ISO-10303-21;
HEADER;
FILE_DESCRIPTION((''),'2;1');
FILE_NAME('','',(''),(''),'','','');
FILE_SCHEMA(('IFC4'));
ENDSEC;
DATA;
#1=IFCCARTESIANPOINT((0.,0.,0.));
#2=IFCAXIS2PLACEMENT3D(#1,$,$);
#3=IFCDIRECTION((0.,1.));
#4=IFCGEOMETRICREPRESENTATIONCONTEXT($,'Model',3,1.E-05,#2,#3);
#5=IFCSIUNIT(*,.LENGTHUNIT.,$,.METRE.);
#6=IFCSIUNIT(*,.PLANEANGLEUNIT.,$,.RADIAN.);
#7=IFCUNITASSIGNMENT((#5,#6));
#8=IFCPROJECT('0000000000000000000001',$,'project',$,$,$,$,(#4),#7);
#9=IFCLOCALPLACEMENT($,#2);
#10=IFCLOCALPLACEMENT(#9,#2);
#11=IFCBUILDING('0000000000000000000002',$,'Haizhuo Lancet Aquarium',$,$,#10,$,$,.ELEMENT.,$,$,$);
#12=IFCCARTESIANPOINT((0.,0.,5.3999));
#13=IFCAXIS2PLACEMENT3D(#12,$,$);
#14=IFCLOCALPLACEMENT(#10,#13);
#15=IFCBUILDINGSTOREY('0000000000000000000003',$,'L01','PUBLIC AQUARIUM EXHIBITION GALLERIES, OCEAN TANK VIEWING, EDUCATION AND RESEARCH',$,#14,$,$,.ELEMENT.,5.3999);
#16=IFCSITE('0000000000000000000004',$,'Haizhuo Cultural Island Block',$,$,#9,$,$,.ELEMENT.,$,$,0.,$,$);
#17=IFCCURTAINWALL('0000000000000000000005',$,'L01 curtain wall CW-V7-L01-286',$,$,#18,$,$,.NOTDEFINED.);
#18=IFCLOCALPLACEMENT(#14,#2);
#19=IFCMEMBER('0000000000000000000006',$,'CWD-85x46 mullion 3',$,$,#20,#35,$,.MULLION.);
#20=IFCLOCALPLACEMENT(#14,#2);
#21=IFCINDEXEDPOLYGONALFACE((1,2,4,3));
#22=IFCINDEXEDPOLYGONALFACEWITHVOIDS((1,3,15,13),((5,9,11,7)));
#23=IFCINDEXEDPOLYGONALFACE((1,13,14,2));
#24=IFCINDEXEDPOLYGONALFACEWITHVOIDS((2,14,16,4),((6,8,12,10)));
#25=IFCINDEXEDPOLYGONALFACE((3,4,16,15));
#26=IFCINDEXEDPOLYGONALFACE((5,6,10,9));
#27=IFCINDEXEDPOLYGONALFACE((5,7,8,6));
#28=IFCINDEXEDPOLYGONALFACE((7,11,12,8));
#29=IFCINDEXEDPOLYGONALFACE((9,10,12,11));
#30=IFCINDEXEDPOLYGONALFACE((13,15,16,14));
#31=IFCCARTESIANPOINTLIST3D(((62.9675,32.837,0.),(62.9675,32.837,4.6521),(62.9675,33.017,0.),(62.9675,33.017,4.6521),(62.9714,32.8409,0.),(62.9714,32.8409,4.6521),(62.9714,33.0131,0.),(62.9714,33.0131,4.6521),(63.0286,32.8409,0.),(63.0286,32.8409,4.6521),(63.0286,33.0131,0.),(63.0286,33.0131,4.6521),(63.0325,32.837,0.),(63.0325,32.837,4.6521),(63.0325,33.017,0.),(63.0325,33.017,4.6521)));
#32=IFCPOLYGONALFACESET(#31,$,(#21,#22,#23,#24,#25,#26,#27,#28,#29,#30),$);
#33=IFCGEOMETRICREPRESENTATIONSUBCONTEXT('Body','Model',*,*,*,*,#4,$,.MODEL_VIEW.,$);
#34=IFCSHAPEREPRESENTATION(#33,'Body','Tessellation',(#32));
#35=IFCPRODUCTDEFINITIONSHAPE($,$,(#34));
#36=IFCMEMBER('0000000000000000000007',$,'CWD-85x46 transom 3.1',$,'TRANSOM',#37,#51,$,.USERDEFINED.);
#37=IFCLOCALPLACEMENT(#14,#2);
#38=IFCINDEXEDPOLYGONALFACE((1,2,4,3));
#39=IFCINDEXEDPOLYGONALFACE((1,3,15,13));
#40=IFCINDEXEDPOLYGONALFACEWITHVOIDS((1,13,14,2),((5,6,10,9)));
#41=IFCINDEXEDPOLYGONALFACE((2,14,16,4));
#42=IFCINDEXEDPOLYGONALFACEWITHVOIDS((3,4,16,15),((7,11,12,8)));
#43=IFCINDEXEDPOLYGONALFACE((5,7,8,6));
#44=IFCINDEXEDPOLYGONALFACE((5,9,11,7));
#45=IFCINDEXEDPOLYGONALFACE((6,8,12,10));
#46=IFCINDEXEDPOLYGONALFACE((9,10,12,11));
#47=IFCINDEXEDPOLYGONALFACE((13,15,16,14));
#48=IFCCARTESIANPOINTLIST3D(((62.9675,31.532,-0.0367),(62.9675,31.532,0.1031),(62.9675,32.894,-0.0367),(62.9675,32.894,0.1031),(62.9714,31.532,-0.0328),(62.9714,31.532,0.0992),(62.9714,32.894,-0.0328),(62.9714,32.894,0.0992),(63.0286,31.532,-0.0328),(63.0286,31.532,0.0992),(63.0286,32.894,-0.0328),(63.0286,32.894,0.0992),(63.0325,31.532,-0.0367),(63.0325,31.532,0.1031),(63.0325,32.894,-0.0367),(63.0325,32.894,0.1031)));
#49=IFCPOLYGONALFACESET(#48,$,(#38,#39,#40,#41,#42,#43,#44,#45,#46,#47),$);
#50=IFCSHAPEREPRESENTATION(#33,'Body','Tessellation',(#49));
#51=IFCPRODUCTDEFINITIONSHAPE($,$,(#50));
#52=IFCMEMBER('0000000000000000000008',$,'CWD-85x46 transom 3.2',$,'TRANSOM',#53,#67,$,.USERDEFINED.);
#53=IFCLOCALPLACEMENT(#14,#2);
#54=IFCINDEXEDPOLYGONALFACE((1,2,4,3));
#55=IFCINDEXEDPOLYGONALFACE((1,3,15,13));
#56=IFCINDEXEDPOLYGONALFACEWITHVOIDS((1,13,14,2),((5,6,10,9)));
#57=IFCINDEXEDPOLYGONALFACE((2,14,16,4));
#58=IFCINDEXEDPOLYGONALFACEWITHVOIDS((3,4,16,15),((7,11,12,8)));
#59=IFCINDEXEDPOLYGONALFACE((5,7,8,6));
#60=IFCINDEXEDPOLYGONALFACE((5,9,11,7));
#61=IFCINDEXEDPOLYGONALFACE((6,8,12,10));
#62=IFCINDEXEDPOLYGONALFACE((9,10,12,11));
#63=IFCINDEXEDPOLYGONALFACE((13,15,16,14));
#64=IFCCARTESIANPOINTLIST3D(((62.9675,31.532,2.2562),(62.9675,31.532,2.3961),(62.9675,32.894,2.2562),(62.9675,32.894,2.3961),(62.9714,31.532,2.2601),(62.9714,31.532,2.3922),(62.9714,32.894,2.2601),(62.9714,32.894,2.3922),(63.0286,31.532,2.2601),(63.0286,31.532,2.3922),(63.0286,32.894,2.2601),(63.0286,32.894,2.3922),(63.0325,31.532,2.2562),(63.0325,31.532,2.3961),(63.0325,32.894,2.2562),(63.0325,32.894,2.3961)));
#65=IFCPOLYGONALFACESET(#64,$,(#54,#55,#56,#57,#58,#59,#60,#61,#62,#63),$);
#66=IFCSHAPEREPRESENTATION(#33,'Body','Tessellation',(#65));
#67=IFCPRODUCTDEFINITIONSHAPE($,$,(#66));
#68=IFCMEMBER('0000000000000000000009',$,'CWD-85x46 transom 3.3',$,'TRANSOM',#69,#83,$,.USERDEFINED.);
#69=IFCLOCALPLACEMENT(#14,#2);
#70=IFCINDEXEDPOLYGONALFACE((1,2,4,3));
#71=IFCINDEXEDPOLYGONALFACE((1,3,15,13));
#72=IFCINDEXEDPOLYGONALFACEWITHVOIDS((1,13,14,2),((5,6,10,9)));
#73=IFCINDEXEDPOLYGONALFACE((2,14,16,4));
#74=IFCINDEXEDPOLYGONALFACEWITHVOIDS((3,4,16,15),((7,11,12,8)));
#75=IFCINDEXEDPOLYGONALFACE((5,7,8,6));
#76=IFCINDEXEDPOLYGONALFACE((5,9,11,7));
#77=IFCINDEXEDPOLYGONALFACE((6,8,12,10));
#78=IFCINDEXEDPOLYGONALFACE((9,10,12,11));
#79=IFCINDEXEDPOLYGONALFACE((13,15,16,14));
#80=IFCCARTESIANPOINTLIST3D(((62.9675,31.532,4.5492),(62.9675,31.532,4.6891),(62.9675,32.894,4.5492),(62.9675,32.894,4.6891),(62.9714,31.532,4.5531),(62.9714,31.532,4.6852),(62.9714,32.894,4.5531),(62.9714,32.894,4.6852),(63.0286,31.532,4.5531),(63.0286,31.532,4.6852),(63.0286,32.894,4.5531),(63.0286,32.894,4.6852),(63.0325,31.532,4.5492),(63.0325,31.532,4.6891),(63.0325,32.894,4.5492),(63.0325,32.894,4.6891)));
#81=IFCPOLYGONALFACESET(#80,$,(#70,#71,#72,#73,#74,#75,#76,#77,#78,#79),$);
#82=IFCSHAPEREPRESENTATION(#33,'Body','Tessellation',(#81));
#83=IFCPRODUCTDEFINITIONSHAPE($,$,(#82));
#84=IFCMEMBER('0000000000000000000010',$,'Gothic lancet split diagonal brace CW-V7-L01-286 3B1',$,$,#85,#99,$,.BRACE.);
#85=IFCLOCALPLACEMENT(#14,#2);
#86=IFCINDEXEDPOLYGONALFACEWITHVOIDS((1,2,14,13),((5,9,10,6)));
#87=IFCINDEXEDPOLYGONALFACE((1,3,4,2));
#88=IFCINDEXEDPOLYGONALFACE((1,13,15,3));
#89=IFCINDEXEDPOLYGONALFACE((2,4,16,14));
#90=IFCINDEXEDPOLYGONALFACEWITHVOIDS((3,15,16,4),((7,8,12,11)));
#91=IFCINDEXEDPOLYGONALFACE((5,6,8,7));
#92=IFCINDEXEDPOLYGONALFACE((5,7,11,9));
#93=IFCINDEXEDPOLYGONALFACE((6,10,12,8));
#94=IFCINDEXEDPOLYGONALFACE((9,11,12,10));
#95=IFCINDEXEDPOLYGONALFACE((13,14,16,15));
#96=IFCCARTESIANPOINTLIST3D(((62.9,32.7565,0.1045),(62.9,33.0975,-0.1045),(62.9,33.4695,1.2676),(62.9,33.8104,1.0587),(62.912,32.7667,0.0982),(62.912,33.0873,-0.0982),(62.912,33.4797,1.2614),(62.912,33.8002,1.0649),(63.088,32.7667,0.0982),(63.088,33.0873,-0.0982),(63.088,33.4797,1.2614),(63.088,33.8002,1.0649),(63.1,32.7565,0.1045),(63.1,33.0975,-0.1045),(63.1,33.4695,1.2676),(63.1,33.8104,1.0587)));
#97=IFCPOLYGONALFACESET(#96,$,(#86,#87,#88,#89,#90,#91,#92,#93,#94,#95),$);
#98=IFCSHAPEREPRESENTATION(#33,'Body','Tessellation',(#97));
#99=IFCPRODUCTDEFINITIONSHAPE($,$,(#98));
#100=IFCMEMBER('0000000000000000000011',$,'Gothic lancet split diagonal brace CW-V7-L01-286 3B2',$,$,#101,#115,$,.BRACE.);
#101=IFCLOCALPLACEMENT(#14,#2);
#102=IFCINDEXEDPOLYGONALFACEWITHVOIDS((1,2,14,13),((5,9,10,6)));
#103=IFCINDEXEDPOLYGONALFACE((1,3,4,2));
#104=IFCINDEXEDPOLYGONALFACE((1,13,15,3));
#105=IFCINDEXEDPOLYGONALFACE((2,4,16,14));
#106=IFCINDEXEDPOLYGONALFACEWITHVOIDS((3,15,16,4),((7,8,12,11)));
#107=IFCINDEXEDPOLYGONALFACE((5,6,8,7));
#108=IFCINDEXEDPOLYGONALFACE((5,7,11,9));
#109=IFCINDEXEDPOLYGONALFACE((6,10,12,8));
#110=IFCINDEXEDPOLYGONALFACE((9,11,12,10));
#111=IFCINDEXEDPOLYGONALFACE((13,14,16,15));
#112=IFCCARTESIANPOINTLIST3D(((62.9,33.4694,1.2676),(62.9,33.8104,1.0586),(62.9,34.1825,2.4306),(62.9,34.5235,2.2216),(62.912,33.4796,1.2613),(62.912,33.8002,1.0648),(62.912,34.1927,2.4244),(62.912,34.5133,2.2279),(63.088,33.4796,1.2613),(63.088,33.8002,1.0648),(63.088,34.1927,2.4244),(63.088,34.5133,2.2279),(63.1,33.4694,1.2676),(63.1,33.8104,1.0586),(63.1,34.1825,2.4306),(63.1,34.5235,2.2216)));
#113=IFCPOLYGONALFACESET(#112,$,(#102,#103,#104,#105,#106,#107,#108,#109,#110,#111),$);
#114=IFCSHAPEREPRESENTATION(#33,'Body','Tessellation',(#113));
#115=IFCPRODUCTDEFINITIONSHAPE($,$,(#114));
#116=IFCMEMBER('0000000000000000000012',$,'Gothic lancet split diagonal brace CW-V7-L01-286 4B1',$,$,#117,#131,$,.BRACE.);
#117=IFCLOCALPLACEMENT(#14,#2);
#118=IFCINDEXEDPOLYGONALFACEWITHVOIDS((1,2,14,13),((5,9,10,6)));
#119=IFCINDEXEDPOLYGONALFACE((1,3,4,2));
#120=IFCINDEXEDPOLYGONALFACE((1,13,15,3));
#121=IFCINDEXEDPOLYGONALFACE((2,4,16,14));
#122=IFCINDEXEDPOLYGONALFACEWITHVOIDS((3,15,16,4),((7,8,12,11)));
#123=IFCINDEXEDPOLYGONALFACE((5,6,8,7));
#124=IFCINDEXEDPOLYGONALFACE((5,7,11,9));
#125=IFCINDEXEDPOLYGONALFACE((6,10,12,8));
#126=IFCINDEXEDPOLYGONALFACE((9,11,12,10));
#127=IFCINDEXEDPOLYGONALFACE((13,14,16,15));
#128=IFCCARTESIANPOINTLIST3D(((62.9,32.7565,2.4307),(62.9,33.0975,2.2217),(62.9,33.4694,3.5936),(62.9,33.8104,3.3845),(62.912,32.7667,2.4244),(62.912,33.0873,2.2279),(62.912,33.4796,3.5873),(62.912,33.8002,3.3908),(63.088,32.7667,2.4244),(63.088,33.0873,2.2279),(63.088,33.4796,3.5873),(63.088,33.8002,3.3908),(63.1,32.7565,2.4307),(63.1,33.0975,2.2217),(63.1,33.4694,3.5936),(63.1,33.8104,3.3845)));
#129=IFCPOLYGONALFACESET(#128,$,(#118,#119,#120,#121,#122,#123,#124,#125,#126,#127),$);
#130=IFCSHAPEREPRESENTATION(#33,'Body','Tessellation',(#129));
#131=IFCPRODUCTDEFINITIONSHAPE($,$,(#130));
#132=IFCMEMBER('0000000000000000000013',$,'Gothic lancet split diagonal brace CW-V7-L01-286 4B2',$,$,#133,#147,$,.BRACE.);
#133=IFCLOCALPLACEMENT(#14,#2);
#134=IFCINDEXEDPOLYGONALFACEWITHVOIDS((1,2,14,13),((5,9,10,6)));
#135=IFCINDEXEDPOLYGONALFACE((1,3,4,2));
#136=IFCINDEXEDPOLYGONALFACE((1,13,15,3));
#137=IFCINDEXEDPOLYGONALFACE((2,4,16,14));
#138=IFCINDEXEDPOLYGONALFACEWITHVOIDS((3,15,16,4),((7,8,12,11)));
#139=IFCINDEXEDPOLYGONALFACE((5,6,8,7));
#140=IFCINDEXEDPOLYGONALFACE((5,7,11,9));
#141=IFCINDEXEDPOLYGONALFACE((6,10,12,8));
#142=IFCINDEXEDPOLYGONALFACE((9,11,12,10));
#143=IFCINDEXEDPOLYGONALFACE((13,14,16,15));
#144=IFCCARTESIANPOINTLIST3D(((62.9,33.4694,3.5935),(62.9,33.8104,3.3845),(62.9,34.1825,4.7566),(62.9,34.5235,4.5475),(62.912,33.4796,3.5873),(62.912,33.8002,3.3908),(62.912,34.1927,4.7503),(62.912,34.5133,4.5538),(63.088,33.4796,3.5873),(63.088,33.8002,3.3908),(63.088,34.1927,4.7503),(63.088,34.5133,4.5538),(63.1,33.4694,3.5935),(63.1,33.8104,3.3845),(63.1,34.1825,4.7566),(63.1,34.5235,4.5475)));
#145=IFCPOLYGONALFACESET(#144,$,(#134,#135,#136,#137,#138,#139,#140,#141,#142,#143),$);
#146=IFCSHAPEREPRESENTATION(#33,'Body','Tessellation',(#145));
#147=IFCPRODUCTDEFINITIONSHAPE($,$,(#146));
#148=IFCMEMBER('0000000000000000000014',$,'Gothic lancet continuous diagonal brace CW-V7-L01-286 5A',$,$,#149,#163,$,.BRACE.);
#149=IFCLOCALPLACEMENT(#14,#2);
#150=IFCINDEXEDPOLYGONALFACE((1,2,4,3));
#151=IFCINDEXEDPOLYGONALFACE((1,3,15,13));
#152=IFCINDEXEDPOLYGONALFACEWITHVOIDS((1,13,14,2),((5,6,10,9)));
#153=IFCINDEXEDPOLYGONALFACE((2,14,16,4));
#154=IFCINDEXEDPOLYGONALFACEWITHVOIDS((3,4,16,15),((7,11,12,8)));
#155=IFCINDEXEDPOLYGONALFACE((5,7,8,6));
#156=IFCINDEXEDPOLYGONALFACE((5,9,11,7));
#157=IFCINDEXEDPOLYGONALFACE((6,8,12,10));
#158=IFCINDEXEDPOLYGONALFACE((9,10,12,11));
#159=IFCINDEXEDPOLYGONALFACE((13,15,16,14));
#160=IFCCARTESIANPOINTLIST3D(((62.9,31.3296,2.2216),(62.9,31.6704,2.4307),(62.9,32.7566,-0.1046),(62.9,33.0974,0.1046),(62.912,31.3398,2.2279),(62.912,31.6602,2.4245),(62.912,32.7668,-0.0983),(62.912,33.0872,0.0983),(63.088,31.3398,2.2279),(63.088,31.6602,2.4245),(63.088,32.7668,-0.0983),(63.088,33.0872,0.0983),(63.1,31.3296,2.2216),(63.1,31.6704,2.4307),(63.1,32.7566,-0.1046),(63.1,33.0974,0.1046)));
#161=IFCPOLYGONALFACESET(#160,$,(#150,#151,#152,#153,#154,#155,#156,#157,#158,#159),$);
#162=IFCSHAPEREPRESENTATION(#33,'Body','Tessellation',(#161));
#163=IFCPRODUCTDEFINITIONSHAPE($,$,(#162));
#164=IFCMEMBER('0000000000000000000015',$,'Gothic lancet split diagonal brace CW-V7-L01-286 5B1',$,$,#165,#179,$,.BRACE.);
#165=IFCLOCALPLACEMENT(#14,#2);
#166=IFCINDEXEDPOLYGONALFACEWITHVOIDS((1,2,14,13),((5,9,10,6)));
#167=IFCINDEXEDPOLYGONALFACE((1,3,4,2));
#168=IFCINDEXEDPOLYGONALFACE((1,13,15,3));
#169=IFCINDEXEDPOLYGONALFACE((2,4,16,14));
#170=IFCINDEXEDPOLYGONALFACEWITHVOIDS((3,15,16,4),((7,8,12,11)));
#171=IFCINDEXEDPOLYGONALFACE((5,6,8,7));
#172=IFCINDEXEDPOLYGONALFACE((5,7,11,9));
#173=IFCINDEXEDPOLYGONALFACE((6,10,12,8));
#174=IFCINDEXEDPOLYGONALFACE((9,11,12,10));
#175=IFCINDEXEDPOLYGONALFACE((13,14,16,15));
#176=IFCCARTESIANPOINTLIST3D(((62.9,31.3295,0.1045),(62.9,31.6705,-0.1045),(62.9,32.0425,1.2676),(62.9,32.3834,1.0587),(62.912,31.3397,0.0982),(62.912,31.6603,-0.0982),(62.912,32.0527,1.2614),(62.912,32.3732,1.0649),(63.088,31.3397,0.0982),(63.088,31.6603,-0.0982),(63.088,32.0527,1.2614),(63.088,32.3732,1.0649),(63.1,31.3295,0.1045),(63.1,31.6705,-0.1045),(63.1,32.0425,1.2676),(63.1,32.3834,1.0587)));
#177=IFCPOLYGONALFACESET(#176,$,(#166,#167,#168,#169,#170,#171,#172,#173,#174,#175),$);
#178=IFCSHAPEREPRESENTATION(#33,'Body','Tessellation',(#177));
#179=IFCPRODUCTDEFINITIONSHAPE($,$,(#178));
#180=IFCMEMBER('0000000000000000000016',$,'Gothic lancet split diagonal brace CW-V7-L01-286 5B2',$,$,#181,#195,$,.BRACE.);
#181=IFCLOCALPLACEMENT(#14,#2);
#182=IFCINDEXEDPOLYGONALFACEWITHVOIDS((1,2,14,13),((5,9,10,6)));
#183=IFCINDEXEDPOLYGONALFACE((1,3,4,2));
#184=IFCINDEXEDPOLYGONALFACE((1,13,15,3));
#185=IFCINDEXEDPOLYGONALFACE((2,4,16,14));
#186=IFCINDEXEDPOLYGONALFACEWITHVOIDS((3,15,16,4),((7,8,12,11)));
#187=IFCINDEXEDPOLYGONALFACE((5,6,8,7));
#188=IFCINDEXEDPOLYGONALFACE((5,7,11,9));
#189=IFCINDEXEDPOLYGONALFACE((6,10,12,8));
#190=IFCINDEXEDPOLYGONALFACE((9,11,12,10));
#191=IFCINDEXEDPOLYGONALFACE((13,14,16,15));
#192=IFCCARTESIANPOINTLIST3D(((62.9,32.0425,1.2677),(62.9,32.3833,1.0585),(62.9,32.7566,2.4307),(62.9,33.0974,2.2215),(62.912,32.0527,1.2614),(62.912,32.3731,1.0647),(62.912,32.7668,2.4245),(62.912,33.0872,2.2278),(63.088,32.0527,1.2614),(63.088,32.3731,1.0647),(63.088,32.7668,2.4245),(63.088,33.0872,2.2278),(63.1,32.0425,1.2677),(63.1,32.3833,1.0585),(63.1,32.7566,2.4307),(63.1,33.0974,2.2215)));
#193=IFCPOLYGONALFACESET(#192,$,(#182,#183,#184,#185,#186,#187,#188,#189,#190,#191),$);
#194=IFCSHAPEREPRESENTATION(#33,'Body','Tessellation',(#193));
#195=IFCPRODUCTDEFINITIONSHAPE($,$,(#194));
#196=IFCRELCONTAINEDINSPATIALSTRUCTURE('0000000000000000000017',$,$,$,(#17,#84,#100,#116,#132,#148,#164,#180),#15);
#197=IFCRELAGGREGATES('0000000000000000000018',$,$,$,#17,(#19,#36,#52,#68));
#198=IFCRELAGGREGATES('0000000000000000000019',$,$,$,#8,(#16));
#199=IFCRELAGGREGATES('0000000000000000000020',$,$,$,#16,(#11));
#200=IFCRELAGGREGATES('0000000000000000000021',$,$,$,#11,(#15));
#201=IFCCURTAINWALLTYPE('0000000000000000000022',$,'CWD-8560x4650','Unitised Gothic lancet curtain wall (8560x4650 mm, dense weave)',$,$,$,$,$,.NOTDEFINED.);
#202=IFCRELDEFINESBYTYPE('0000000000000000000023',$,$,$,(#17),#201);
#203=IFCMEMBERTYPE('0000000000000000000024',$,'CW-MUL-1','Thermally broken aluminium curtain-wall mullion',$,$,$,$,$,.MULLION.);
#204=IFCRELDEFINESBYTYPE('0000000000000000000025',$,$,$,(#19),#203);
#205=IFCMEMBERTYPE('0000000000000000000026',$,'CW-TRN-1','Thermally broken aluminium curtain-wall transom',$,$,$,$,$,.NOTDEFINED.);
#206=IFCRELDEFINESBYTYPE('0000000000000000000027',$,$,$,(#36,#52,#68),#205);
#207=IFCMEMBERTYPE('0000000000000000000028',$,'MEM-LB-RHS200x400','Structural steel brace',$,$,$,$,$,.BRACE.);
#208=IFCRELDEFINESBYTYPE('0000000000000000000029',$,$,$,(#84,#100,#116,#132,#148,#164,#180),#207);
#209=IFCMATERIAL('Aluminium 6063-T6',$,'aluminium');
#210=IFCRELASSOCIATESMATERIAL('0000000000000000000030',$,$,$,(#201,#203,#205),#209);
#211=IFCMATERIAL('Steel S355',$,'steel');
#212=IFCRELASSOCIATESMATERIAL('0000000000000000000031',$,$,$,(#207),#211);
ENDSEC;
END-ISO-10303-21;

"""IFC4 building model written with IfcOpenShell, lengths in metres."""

from ifc_helpers import new_model, si_unit, direction, frame, origin, origin_2d, place, context, subcontext, project, spatial, hollow_rectangle, extrude, material, material_profile, profile_set, type_object, element, aggregate, save


model = new_model("IFC4")

# Units and contexts
model_context = context("Model", 3, precision=1e-05, world=origin(), true_north=direction((0.0, 1.0)))
body_context = subcontext(model_context, "Body", "Model", "MODEL_VIEW")
ifc_project = project(units=[si_unit("LENGTHUNIT", "METRE"), si_unit("PLANEANGLEUNIT", "RADIAN")], contexts=[model_context])

# Site, building, storey
site_placement = place(None, origin())
site = spatial("IfcSite", under=ifc_project, at=site_placement, Name="Haizhuo Cultural Island Block", CompositionType="ELEMENT", RefElevation=0.0)
building_placement = place(site_placement, origin())
building = spatial("IfcBuilding", under=site, at=building_placement, Name="Haizhuo Lancet Aquarium", CompositionType="ELEMENT")
storey_placement = place(building_placement, frame((0.0, 0.0, 5.3999)))
storey = spatial("IfcBuildingStorey", under=building, at=storey_placement, Name="L01", Description="PUBLIC AQUARIUM EXHIBITION GALLERIES, OCEAN TANK VIEWING, EDUCATION AND RESEARCH", CompositionType="ELEMENT", Elevation=5.3999)

# Curtain wall, members
ifc_material_1 = material(Name="Aluminium 6063-T6", Category="aluminium")
curtain_wall_type = type_object("IfcCurtainWallType", Name="CWD-8560x4650", Description="Unitised Gothic lancet curtain wall (8560x4650 mm, dense weave)", PredefinedType="NOTDEFINED", material=ifc_material_1)
curtain_wall_placement = place(storey_placement, origin())
curtain_wall = element("IfcCurtainWall", 1, at=curtain_wall_placement, inside=storey, type_object=curtain_wall_type, Name="L01 curtain wall CW-V7-L01-286", PredefinedType="NOTDEFINED")
ifc_material_profile_1 = material_profile(ifc_material_1, hollow_rectangle(XDim=0.0649, YDim=0.1799, WallThickness=0.0039, at=origin_2d()), Name="ALU-M 65x180x4")
ifc_profile_set_1 = profile_set([ifc_material_profile_1], Name="Aluminium 6063-T6")
member_type_1 = type_object("IfcMemberType", Name="CW-MUL-1", Description="Thermally broken aluminium curtain-wall mullion", PredefinedType="MULLION", material=ifc_profile_set_1)
member_1_placement = place(storey_placement, frame((63.0, 32.927, 0.0), z_axis=(0.0, 0.0, 1.0), x_axis=(1.0, 0.0, 0.0)))
member_1 = element("IfcMember", 2, at=member_1_placement, type_object=member_type_1, Name="CWD-85x46 mullion 3", PredefinedType="MULLION", context=body_context, shape_type="SweptSolid", body=[
    extrude(hollow_rectangle(XDim=0.0649, YDim=0.1799, WallThickness=0.0039, at=origin_2d()), origin(), (0.0, 0.0, 1.0), 4.6521),
])
ifc_material_profile_2 = material_profile(ifc_material_1, hollow_rectangle(XDim=0.0649, YDim=0.1399, WallThickness=0.0039, at=origin_2d()), Name="ALU-T 65x140x4")
ifc_profile_set_2 = profile_set([ifc_material_profile_2], Name="Aluminium 6063-T6")
member_type_2 = type_object("IfcMemberType", Name="CW-TRN-1", Description="Thermally broken aluminium curtain-wall transom", PredefinedType="NOTDEFINED", material=ifc_profile_set_2)
member_2_placement = place(storey_placement, frame((63.0, 32.894, 0.0332), z_axis=(0.0, -1.0, 0.0), x_axis=(1.0, 0.0, 0.0)))
member_2 = element("IfcMember", 3, at=member_2_placement, type_object=member_type_2, Name="CWD-85x46 transom 3.1", ObjectType="TRANSOM", PredefinedType="USERDEFINED", context=body_context, shape_type="SweptSolid", body=[
    extrude(hollow_rectangle(XDim=0.0649, YDim=0.1399, WallThickness=0.0039, at=origin_2d()), origin(), (0.0, 0.0, 1.0), 1.3621),
])
member_3_placement = place(storey_placement, frame((63.0, 32.894, 2.3262), z_axis=(0.0, -1.0, 0.0), x_axis=(1.0, 0.0, 0.0)))
member_3 = element("IfcMember", 4, at=member_3_placement, type_object=member_type_2, Name="CWD-85x46 transom 3.2", ObjectType="TRANSOM", PredefinedType="USERDEFINED", context=body_context, shape_type="SweptSolid", body=[
    extrude(hollow_rectangle(XDim=0.0649, YDim=0.1399, WallThickness=0.0039, at=origin_2d()), origin(), (0.0, 0.0, 1.0), 1.3621),
])
member_4_placement = place(storey_placement, frame((63.0, 32.894, 4.6191), z_axis=(0.0, -1.0, 0.0), x_axis=(1.0, 0.0, 0.0)))
member_4 = element("IfcMember", 5, at=member_4_placement, type_object=member_type_2, Name="CWD-85x46 transom 3.3", ObjectType="TRANSOM", PredefinedType="USERDEFINED", context=body_context, shape_type="SweptSolid", body=[
    extrude(hollow_rectangle(XDim=0.0649, YDim=0.1399, WallThickness=0.0039, at=origin_2d()), origin(), (0.0, 0.0, 1.0), 1.3621),
])

# Members
ifc_material_2 = material(Name="Steel S355", Category="steel")
ifc_material_profile_3 = material_profile(ifc_material_2, hollow_rectangle(XDim=0.2, YDim=0.3999, WallThickness=0.012, at=origin_2d()), Name="RHS 200x400x12")
ifc_profile_set_3 = profile_set([ifc_material_profile_3], Name="Steel S355")
member_type_3 = type_object("IfcMemberType", Name="MEM-LB-RHS200x400", Description="Structural steel brace", PredefinedType="BRACE", material=ifc_profile_set_3)
for number, where, z_axis, x_axis, name in (
    (6, (63.0, 32.927, 0.0), (0.0, 0.522579, 0.852591), (-1.0, 0.0, 0.0), "Gothic lancet split diagonal brace CW-V7-L01-286 3B1"),
    (7, (63.0, 33.6399, 1.1631), (0.0, 0.522709, 0.852511), (-1.0, 0.0, 0.0), "Gothic lancet split diagonal brace CW-V7-L01-286 3B2"),
):
    element("IfcMember", number, at=place(storey_placement, frame(where, z_axis=z_axis, x_axis=x_axis)), inside=storey, type_object=member_type_3, Name=name, PredefinedType="BRACE", context=body_context, shape_type="SweptSolid", body=[
        extrude(hollow_rectangle(XDim=0.2, YDim=0.3999, WallThickness=0.012, at=origin_2d()), origin(), (0.0, 0.0, 1.0), 1.3643),
    ])
member_5_placement = place(storey_placement, frame((63.0, 32.927, 2.3262), z_axis=(0.0, 0.522659, 0.852542), x_axis=(-1.0, 0.0, 0.0)))
element("IfcMember", 8, at=member_5_placement, inside=storey, type_object=member_type_3, Name="Gothic lancet split diagonal brace CW-V7-L01-286 4B1", PredefinedType="BRACE", context=body_context, shape_type="SweptSolid", body=[
    extrude(hollow_rectangle(XDim=0.2, YDim=0.3999, WallThickness=0.012, at=origin_2d()), origin(), (0.0, 0.0, 1.0), 1.364),
])
member_6_placement = place(storey_placement, frame((63.0, 33.6399, 3.489), z_axis=(0.0, 0.522709, 0.852511), x_axis=(-1.0, 0.0, 0.0)))
element("IfcMember", 9, at=member_6_placement, inside=storey, type_object=member_type_3, Name="Gothic lancet split diagonal brace CW-V7-L01-286 4B2", PredefinedType="BRACE", context=body_context, shape_type="SweptSolid", body=[
    extrude(hollow_rectangle(XDim=0.2, YDim=0.3999, WallThickness=0.012, at=origin_2d()), origin(), (0.0, 0.0, 1.0), 1.3643),
])
member_7_placement = place(storey_placement, frame((63.0, 32.927, 0.0), z_axis=(0.0, -0.522904, 0.852392), x_axis=(1.0, 0.0, 0.0)))
element("IfcMember", 10, at=member_7_placement, inside=storey, type_object=member_type_3, Name="Gothic lancet continuous diagonal brace CW-V7-L01-286 5A", PredefinedType="BRACE", context=body_context, shape_type="SweptSolid", body=[
    extrude(hollow_rectangle(XDim=0.2, YDim=0.3999, WallThickness=0.012, at=origin_2d()), origin(), (0.0, 0.0, 1.0), 2.729),
])
member_8_placement = place(storey_placement, frame((63.0, 31.5, 0.0), z_axis=(0.0, 0.522579, 0.852591), x_axis=(-1.0, 0.0, 0.0)))
element("IfcMember", 11, at=member_8_placement, inside=storey, type_object=member_type_3, Name="Gothic lancet split diagonal brace CW-V7-L01-286 5B1", PredefinedType="BRACE", context=body_context, shape_type="SweptSolid", body=[
    extrude(hollow_rectangle(XDim=0.2, YDim=0.3999, WallThickness=0.012, at=origin_2d()), origin(), (0.0, 0.0, 1.0), 1.3643),
])
member_9_placement = place(storey_placement, frame((63.0, 32.2129, 1.1631), z_axis=(0.0, 0.523229, 0.852192), x_axis=(-1.0, 0.0, 0.0)))
element("IfcMember", 12, at=member_9_placement, inside=storey, type_object=member_type_3, Name="Gothic lancet split diagonal brace CW-V7-L01-286 5B2", PredefinedType="BRACE", context=body_context, shape_type="SweptSolid", body=[
    extrude(hollow_rectangle(XDim=0.2, YDim=0.3999, WallThickness=0.012, at=origin_2d()), origin(), (0.0, 0.0, 1.0), 1.3647),
])

aggregate(curtain_wall, [member_1, member_2, member_3, member_4])

save(model, "model.ifc")
